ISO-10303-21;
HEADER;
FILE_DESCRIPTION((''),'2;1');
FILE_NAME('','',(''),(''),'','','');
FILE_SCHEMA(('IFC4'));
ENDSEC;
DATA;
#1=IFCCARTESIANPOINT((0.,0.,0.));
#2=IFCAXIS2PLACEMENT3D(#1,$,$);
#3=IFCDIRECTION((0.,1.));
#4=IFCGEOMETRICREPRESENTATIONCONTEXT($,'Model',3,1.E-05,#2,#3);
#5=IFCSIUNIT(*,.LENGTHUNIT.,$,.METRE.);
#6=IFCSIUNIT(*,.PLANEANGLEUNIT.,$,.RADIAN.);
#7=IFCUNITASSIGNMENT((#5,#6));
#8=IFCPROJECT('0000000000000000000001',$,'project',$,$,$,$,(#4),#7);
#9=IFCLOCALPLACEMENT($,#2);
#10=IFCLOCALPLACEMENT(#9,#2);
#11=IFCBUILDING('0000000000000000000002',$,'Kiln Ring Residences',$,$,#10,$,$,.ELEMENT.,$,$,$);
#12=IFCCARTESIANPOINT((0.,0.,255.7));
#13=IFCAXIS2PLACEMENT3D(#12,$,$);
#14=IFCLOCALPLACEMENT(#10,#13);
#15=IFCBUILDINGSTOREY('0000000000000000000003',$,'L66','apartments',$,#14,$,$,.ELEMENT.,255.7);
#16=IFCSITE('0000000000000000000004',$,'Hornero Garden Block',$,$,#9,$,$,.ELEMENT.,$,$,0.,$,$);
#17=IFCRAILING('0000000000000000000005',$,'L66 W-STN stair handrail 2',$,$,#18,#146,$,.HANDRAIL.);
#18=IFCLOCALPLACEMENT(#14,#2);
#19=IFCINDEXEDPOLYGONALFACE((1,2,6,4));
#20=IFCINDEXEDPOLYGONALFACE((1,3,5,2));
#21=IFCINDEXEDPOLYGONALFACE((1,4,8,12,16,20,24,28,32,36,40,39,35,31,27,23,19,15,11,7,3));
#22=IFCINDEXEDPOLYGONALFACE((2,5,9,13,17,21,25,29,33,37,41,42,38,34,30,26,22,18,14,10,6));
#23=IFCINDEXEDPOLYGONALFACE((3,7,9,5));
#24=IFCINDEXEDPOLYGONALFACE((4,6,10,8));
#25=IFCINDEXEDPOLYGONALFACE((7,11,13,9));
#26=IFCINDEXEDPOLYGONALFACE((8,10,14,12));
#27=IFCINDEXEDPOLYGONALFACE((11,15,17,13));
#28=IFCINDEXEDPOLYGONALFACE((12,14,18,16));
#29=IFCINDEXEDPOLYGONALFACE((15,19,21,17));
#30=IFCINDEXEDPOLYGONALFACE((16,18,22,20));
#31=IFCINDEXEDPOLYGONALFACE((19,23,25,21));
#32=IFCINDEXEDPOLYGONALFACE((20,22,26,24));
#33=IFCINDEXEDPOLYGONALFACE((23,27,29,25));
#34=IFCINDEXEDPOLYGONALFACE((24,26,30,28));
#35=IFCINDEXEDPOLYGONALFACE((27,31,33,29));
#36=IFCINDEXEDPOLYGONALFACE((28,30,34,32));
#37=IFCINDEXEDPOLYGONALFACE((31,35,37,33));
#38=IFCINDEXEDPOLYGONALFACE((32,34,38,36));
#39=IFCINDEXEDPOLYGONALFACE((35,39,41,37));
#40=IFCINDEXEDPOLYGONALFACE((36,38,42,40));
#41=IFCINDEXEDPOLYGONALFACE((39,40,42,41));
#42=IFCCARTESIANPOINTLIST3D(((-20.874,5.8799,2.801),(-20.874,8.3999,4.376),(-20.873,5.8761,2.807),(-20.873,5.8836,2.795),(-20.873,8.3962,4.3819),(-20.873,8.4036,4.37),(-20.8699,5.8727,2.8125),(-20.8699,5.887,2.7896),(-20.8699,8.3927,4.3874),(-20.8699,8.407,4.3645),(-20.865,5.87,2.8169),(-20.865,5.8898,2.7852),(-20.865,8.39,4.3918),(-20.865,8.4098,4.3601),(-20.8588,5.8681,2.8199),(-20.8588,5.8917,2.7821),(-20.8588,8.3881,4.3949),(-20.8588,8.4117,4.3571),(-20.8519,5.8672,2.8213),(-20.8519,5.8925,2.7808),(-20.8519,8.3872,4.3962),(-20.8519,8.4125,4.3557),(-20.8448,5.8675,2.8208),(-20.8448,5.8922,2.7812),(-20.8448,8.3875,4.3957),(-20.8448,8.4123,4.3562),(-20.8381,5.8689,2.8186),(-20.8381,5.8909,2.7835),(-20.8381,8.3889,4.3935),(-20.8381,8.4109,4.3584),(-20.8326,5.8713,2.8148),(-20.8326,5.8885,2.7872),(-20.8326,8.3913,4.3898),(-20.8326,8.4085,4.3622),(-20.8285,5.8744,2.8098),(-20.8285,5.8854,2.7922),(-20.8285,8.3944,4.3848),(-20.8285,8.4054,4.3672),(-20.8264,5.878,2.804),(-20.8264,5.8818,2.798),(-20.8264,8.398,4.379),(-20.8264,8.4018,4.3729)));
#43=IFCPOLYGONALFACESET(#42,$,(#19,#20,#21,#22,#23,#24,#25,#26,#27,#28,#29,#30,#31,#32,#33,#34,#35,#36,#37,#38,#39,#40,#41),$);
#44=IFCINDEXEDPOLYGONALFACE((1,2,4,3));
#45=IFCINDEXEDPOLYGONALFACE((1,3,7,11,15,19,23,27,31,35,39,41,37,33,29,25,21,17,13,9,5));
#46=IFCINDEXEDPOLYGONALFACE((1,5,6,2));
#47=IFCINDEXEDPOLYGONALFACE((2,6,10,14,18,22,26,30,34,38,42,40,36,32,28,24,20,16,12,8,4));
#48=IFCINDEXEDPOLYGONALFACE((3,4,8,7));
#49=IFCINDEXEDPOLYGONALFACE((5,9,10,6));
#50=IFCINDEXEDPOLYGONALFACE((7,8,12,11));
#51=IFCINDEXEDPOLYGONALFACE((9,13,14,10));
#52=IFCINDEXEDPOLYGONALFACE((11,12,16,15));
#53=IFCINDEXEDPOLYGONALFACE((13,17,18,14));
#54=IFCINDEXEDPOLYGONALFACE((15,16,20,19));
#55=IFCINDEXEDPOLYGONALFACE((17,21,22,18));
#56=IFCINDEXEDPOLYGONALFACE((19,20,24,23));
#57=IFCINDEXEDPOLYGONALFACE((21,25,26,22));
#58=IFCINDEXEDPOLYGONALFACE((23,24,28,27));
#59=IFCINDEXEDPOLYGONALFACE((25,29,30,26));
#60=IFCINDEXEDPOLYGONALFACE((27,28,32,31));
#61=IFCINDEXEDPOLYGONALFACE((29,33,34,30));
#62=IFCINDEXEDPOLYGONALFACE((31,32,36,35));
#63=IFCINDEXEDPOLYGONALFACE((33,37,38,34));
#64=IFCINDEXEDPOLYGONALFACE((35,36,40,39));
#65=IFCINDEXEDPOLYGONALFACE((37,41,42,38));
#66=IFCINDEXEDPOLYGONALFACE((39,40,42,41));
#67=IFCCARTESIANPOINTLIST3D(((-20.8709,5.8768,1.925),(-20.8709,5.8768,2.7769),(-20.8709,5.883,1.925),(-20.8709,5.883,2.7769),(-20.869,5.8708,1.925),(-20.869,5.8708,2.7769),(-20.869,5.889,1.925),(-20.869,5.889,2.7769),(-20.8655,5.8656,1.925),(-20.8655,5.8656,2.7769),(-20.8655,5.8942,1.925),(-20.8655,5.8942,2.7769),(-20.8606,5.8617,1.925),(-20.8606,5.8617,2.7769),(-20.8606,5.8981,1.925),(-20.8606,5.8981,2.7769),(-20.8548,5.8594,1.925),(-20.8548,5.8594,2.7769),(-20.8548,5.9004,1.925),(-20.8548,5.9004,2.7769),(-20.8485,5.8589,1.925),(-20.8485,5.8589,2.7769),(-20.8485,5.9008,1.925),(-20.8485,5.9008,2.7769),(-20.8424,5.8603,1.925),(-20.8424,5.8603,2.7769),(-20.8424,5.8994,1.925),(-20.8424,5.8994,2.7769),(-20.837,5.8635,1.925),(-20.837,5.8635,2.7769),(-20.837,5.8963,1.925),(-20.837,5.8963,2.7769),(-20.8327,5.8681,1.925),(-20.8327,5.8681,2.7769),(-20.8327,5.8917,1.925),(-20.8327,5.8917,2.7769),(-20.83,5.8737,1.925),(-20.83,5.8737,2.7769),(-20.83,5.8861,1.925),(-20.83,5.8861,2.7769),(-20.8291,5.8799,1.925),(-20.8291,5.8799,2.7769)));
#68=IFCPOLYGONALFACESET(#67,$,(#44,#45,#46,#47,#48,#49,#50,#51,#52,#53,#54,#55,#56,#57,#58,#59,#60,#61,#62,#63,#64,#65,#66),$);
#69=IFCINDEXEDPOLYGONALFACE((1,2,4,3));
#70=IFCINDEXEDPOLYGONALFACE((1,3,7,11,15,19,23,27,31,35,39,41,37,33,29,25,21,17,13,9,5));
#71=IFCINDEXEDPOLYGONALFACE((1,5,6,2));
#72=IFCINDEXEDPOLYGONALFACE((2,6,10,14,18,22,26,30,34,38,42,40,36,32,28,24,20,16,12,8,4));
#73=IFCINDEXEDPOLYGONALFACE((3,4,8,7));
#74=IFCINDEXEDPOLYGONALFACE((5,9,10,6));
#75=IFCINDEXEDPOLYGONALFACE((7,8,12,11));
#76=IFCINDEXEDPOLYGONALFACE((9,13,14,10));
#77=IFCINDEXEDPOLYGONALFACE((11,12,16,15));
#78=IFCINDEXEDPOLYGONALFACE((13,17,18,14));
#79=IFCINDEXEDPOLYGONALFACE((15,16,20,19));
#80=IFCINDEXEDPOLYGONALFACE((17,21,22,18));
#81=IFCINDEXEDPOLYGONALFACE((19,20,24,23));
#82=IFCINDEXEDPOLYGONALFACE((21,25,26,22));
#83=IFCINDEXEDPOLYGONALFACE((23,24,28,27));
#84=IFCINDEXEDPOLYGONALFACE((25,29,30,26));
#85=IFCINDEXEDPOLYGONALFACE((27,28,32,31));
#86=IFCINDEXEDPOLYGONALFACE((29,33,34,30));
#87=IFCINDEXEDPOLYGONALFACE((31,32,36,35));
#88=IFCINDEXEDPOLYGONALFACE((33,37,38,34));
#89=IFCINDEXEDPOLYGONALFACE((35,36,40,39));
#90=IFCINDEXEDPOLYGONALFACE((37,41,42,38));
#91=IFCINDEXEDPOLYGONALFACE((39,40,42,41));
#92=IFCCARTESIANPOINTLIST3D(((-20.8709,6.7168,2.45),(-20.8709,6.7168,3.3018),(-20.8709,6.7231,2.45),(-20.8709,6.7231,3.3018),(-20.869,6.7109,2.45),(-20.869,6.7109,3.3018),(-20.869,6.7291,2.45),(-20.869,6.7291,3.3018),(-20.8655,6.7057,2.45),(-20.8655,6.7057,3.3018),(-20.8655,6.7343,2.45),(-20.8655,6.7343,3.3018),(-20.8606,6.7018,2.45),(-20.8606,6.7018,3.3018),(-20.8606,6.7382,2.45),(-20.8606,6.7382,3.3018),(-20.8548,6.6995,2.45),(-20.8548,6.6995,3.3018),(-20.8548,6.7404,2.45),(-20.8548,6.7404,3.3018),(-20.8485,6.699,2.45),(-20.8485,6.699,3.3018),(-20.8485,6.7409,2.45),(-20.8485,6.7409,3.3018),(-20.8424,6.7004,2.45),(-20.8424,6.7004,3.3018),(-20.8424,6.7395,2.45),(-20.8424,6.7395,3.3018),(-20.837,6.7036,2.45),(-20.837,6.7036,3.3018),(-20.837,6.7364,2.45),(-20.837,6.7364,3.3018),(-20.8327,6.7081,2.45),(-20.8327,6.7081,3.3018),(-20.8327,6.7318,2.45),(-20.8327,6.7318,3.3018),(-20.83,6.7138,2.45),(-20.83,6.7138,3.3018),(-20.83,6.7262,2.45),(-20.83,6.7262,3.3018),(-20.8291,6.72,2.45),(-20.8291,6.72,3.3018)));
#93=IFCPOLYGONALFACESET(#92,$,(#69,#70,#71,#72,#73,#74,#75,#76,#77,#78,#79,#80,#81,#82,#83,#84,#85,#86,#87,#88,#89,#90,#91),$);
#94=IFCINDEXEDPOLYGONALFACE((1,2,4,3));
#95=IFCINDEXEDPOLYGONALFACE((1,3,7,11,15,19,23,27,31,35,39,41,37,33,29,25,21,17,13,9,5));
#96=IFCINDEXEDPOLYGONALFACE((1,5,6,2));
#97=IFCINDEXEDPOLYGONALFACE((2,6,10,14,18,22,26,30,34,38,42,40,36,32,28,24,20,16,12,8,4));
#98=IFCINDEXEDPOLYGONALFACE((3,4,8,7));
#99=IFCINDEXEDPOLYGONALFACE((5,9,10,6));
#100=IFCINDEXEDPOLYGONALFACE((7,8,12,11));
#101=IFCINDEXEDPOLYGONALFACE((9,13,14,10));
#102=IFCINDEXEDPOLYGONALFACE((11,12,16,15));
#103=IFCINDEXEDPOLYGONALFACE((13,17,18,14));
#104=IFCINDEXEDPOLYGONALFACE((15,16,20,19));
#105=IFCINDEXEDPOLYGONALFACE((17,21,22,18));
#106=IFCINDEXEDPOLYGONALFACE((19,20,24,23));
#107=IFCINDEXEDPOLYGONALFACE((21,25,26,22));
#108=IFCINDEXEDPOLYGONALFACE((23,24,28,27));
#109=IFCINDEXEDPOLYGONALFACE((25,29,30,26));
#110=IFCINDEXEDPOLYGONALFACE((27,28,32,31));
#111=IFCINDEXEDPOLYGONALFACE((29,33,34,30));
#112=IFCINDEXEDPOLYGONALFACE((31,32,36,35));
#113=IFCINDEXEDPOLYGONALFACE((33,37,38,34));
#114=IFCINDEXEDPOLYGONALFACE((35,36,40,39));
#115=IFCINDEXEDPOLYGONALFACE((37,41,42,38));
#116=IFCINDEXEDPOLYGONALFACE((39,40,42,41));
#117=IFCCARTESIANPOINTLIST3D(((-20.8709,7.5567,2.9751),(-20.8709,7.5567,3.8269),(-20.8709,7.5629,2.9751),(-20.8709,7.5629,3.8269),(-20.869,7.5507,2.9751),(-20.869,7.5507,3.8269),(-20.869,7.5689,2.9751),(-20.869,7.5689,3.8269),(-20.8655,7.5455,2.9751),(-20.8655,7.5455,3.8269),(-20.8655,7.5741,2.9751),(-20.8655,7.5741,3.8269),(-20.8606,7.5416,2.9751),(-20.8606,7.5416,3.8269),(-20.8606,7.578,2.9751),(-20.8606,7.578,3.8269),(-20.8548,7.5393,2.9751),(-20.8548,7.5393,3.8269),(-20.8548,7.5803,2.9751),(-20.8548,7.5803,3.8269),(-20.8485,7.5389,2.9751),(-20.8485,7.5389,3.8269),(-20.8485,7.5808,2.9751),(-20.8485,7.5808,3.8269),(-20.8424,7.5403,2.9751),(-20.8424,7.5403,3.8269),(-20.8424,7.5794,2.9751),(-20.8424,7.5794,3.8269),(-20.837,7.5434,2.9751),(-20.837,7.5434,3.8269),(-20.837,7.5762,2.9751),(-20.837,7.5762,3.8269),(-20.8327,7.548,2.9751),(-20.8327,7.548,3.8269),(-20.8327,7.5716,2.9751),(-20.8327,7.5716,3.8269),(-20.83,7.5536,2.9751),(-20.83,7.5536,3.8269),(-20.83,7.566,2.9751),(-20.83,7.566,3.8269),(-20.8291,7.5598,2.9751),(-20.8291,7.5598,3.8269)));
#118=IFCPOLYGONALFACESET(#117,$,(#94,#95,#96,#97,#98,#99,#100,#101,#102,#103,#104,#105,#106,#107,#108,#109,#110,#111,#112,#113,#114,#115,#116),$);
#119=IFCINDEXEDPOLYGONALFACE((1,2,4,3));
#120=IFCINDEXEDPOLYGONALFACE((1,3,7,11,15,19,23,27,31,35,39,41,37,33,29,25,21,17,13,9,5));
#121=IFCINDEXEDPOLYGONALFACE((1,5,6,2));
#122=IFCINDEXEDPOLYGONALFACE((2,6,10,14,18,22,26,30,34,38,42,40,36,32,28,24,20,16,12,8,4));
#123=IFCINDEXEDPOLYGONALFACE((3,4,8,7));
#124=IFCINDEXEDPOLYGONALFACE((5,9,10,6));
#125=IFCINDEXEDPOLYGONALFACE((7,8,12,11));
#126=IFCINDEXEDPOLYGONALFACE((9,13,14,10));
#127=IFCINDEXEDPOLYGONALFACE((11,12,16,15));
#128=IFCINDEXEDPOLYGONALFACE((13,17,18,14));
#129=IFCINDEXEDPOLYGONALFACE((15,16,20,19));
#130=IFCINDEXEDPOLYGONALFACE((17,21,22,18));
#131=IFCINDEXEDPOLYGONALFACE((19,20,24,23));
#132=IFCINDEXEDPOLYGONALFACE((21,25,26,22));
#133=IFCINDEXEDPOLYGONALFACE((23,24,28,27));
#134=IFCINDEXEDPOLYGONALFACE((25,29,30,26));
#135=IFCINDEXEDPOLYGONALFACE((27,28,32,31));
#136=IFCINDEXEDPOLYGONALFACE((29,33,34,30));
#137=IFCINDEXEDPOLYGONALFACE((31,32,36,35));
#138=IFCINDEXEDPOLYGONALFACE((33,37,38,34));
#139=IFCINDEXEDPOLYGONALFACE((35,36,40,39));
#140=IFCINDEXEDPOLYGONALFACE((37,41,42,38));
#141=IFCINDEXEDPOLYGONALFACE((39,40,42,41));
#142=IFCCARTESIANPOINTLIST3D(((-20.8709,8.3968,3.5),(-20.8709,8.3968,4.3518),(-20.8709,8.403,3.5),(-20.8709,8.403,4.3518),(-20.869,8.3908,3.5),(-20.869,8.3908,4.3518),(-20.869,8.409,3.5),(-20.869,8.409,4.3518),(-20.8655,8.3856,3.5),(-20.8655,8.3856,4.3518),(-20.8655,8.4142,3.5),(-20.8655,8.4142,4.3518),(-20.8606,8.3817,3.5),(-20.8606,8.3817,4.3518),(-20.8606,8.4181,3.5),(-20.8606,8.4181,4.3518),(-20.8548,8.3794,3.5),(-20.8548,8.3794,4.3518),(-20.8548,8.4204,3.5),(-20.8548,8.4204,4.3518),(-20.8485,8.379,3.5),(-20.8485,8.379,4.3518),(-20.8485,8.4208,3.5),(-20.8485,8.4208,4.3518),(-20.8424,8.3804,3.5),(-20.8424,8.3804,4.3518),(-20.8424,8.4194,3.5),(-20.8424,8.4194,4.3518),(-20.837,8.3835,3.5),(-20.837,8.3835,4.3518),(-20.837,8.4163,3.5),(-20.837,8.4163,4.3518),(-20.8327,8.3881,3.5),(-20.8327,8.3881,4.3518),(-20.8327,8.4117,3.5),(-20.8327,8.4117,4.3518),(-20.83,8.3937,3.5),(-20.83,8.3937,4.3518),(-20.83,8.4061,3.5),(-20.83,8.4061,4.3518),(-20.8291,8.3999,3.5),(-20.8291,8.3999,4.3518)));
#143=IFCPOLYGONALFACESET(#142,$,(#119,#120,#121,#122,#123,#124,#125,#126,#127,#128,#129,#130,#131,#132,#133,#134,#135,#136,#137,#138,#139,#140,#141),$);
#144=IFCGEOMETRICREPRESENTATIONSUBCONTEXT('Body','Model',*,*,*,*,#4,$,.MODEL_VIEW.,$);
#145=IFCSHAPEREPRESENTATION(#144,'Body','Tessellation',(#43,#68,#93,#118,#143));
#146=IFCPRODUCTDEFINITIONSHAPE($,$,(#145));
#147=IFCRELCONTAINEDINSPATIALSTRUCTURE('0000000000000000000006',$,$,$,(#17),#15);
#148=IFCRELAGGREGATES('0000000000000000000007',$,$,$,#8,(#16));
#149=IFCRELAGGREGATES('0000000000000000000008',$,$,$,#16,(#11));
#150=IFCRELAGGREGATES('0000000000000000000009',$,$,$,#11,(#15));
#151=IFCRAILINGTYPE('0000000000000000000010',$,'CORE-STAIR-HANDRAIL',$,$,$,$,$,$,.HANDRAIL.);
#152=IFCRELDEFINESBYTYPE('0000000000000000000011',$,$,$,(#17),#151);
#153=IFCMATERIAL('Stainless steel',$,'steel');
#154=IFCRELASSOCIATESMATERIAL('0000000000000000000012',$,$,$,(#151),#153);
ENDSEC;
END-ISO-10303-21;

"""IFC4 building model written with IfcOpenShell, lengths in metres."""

from ifc_helpers import new_model, si_unit, direction, frame, origin, origin_2d, place, context, subcontext, project, spatial, circle, extrude, material, type_object, element, save


model = new_model("IFC4")

# Units and contexts
model_context = context("Model", 3, precision=1e-05, world=origin(), true_north=direction((0.0, 1.0)))
body_context = subcontext(model_context, "Body", "Model", "MODEL_VIEW")
ifc_project = project(units=[si_unit("LENGTHUNIT", "METRE"), si_unit("PLANEANGLEUNIT", "RADIAN")], contexts=[model_context])

# Site, building, storey
site_placement = place(None, origin())
site = spatial("IfcSite", under=ifc_project, at=site_placement, Name="Hornero Garden Block", CompositionType="ELEMENT", RefElevation=0.0)
building_placement = place(site_placement, origin())
building = spatial("IfcBuilding", under=site, at=building_placement, Name="Kiln Ring Residences", CompositionType="ELEMENT")
storey_placement = place(building_placement, frame((0.0, 0.0, 255.7)))
storey = spatial("IfcBuildingStorey", under=building, at=storey_placement, Name="L66", Description="apartments", CompositionType="ELEMENT", Elevation=255.7)

# Railing
ifc_material_1 = material(Name="Stainless steel", Category="steel")
railing_type_1 = type_object("IfcRailingType", Name="CORE-STAIR-HANDRAIL", PredefinedType="HANDRAIL", material=ifc_material_1)
railing_1_placement = place(storey_placement, frame((-20.8501, 5.8799, 1.925)))
element("IfcRailing", 1, at=railing_1_placement, inside=storey, type_object=railing_type_1, Name="L66 W-STN stair handrail 2", PredefinedType="HANDRAIL", context=body_context, shape_type="SweptSolid", body=[
    extrude(circle(Radius=0.0239, at=origin_2d()), frame((0.0, 0.0, 0.876), z_axis=(0.0, 0.848008, 0.529984), x_axis=(-1.0, 0.0, 0.0)), (0.0, 0.0, 1.0), 2.9717),
    extrude(circle(Radius=0.021, at=origin_2d()), origin(), (0.0, 0.0, 1.0), 0.8518),
    extrude(circle(Radius=0.021, at=origin_2d()), frame((0.0, 0.8401, 0.5249)), (0.0, 0.0, 1.0), 0.8518),
    extrude(circle(Radius=0.021, at=origin_2d()), frame((0.0, 1.6799, 1.05)), (0.0, 0.0, 1.0), 0.8518),
    extrude(circle(Radius=0.021, at=origin_2d()), frame((0.0, 2.52, 1.575)), (0.0, 0.0, 1.0), 0.8518),
])

save(model, "model.ifc")
